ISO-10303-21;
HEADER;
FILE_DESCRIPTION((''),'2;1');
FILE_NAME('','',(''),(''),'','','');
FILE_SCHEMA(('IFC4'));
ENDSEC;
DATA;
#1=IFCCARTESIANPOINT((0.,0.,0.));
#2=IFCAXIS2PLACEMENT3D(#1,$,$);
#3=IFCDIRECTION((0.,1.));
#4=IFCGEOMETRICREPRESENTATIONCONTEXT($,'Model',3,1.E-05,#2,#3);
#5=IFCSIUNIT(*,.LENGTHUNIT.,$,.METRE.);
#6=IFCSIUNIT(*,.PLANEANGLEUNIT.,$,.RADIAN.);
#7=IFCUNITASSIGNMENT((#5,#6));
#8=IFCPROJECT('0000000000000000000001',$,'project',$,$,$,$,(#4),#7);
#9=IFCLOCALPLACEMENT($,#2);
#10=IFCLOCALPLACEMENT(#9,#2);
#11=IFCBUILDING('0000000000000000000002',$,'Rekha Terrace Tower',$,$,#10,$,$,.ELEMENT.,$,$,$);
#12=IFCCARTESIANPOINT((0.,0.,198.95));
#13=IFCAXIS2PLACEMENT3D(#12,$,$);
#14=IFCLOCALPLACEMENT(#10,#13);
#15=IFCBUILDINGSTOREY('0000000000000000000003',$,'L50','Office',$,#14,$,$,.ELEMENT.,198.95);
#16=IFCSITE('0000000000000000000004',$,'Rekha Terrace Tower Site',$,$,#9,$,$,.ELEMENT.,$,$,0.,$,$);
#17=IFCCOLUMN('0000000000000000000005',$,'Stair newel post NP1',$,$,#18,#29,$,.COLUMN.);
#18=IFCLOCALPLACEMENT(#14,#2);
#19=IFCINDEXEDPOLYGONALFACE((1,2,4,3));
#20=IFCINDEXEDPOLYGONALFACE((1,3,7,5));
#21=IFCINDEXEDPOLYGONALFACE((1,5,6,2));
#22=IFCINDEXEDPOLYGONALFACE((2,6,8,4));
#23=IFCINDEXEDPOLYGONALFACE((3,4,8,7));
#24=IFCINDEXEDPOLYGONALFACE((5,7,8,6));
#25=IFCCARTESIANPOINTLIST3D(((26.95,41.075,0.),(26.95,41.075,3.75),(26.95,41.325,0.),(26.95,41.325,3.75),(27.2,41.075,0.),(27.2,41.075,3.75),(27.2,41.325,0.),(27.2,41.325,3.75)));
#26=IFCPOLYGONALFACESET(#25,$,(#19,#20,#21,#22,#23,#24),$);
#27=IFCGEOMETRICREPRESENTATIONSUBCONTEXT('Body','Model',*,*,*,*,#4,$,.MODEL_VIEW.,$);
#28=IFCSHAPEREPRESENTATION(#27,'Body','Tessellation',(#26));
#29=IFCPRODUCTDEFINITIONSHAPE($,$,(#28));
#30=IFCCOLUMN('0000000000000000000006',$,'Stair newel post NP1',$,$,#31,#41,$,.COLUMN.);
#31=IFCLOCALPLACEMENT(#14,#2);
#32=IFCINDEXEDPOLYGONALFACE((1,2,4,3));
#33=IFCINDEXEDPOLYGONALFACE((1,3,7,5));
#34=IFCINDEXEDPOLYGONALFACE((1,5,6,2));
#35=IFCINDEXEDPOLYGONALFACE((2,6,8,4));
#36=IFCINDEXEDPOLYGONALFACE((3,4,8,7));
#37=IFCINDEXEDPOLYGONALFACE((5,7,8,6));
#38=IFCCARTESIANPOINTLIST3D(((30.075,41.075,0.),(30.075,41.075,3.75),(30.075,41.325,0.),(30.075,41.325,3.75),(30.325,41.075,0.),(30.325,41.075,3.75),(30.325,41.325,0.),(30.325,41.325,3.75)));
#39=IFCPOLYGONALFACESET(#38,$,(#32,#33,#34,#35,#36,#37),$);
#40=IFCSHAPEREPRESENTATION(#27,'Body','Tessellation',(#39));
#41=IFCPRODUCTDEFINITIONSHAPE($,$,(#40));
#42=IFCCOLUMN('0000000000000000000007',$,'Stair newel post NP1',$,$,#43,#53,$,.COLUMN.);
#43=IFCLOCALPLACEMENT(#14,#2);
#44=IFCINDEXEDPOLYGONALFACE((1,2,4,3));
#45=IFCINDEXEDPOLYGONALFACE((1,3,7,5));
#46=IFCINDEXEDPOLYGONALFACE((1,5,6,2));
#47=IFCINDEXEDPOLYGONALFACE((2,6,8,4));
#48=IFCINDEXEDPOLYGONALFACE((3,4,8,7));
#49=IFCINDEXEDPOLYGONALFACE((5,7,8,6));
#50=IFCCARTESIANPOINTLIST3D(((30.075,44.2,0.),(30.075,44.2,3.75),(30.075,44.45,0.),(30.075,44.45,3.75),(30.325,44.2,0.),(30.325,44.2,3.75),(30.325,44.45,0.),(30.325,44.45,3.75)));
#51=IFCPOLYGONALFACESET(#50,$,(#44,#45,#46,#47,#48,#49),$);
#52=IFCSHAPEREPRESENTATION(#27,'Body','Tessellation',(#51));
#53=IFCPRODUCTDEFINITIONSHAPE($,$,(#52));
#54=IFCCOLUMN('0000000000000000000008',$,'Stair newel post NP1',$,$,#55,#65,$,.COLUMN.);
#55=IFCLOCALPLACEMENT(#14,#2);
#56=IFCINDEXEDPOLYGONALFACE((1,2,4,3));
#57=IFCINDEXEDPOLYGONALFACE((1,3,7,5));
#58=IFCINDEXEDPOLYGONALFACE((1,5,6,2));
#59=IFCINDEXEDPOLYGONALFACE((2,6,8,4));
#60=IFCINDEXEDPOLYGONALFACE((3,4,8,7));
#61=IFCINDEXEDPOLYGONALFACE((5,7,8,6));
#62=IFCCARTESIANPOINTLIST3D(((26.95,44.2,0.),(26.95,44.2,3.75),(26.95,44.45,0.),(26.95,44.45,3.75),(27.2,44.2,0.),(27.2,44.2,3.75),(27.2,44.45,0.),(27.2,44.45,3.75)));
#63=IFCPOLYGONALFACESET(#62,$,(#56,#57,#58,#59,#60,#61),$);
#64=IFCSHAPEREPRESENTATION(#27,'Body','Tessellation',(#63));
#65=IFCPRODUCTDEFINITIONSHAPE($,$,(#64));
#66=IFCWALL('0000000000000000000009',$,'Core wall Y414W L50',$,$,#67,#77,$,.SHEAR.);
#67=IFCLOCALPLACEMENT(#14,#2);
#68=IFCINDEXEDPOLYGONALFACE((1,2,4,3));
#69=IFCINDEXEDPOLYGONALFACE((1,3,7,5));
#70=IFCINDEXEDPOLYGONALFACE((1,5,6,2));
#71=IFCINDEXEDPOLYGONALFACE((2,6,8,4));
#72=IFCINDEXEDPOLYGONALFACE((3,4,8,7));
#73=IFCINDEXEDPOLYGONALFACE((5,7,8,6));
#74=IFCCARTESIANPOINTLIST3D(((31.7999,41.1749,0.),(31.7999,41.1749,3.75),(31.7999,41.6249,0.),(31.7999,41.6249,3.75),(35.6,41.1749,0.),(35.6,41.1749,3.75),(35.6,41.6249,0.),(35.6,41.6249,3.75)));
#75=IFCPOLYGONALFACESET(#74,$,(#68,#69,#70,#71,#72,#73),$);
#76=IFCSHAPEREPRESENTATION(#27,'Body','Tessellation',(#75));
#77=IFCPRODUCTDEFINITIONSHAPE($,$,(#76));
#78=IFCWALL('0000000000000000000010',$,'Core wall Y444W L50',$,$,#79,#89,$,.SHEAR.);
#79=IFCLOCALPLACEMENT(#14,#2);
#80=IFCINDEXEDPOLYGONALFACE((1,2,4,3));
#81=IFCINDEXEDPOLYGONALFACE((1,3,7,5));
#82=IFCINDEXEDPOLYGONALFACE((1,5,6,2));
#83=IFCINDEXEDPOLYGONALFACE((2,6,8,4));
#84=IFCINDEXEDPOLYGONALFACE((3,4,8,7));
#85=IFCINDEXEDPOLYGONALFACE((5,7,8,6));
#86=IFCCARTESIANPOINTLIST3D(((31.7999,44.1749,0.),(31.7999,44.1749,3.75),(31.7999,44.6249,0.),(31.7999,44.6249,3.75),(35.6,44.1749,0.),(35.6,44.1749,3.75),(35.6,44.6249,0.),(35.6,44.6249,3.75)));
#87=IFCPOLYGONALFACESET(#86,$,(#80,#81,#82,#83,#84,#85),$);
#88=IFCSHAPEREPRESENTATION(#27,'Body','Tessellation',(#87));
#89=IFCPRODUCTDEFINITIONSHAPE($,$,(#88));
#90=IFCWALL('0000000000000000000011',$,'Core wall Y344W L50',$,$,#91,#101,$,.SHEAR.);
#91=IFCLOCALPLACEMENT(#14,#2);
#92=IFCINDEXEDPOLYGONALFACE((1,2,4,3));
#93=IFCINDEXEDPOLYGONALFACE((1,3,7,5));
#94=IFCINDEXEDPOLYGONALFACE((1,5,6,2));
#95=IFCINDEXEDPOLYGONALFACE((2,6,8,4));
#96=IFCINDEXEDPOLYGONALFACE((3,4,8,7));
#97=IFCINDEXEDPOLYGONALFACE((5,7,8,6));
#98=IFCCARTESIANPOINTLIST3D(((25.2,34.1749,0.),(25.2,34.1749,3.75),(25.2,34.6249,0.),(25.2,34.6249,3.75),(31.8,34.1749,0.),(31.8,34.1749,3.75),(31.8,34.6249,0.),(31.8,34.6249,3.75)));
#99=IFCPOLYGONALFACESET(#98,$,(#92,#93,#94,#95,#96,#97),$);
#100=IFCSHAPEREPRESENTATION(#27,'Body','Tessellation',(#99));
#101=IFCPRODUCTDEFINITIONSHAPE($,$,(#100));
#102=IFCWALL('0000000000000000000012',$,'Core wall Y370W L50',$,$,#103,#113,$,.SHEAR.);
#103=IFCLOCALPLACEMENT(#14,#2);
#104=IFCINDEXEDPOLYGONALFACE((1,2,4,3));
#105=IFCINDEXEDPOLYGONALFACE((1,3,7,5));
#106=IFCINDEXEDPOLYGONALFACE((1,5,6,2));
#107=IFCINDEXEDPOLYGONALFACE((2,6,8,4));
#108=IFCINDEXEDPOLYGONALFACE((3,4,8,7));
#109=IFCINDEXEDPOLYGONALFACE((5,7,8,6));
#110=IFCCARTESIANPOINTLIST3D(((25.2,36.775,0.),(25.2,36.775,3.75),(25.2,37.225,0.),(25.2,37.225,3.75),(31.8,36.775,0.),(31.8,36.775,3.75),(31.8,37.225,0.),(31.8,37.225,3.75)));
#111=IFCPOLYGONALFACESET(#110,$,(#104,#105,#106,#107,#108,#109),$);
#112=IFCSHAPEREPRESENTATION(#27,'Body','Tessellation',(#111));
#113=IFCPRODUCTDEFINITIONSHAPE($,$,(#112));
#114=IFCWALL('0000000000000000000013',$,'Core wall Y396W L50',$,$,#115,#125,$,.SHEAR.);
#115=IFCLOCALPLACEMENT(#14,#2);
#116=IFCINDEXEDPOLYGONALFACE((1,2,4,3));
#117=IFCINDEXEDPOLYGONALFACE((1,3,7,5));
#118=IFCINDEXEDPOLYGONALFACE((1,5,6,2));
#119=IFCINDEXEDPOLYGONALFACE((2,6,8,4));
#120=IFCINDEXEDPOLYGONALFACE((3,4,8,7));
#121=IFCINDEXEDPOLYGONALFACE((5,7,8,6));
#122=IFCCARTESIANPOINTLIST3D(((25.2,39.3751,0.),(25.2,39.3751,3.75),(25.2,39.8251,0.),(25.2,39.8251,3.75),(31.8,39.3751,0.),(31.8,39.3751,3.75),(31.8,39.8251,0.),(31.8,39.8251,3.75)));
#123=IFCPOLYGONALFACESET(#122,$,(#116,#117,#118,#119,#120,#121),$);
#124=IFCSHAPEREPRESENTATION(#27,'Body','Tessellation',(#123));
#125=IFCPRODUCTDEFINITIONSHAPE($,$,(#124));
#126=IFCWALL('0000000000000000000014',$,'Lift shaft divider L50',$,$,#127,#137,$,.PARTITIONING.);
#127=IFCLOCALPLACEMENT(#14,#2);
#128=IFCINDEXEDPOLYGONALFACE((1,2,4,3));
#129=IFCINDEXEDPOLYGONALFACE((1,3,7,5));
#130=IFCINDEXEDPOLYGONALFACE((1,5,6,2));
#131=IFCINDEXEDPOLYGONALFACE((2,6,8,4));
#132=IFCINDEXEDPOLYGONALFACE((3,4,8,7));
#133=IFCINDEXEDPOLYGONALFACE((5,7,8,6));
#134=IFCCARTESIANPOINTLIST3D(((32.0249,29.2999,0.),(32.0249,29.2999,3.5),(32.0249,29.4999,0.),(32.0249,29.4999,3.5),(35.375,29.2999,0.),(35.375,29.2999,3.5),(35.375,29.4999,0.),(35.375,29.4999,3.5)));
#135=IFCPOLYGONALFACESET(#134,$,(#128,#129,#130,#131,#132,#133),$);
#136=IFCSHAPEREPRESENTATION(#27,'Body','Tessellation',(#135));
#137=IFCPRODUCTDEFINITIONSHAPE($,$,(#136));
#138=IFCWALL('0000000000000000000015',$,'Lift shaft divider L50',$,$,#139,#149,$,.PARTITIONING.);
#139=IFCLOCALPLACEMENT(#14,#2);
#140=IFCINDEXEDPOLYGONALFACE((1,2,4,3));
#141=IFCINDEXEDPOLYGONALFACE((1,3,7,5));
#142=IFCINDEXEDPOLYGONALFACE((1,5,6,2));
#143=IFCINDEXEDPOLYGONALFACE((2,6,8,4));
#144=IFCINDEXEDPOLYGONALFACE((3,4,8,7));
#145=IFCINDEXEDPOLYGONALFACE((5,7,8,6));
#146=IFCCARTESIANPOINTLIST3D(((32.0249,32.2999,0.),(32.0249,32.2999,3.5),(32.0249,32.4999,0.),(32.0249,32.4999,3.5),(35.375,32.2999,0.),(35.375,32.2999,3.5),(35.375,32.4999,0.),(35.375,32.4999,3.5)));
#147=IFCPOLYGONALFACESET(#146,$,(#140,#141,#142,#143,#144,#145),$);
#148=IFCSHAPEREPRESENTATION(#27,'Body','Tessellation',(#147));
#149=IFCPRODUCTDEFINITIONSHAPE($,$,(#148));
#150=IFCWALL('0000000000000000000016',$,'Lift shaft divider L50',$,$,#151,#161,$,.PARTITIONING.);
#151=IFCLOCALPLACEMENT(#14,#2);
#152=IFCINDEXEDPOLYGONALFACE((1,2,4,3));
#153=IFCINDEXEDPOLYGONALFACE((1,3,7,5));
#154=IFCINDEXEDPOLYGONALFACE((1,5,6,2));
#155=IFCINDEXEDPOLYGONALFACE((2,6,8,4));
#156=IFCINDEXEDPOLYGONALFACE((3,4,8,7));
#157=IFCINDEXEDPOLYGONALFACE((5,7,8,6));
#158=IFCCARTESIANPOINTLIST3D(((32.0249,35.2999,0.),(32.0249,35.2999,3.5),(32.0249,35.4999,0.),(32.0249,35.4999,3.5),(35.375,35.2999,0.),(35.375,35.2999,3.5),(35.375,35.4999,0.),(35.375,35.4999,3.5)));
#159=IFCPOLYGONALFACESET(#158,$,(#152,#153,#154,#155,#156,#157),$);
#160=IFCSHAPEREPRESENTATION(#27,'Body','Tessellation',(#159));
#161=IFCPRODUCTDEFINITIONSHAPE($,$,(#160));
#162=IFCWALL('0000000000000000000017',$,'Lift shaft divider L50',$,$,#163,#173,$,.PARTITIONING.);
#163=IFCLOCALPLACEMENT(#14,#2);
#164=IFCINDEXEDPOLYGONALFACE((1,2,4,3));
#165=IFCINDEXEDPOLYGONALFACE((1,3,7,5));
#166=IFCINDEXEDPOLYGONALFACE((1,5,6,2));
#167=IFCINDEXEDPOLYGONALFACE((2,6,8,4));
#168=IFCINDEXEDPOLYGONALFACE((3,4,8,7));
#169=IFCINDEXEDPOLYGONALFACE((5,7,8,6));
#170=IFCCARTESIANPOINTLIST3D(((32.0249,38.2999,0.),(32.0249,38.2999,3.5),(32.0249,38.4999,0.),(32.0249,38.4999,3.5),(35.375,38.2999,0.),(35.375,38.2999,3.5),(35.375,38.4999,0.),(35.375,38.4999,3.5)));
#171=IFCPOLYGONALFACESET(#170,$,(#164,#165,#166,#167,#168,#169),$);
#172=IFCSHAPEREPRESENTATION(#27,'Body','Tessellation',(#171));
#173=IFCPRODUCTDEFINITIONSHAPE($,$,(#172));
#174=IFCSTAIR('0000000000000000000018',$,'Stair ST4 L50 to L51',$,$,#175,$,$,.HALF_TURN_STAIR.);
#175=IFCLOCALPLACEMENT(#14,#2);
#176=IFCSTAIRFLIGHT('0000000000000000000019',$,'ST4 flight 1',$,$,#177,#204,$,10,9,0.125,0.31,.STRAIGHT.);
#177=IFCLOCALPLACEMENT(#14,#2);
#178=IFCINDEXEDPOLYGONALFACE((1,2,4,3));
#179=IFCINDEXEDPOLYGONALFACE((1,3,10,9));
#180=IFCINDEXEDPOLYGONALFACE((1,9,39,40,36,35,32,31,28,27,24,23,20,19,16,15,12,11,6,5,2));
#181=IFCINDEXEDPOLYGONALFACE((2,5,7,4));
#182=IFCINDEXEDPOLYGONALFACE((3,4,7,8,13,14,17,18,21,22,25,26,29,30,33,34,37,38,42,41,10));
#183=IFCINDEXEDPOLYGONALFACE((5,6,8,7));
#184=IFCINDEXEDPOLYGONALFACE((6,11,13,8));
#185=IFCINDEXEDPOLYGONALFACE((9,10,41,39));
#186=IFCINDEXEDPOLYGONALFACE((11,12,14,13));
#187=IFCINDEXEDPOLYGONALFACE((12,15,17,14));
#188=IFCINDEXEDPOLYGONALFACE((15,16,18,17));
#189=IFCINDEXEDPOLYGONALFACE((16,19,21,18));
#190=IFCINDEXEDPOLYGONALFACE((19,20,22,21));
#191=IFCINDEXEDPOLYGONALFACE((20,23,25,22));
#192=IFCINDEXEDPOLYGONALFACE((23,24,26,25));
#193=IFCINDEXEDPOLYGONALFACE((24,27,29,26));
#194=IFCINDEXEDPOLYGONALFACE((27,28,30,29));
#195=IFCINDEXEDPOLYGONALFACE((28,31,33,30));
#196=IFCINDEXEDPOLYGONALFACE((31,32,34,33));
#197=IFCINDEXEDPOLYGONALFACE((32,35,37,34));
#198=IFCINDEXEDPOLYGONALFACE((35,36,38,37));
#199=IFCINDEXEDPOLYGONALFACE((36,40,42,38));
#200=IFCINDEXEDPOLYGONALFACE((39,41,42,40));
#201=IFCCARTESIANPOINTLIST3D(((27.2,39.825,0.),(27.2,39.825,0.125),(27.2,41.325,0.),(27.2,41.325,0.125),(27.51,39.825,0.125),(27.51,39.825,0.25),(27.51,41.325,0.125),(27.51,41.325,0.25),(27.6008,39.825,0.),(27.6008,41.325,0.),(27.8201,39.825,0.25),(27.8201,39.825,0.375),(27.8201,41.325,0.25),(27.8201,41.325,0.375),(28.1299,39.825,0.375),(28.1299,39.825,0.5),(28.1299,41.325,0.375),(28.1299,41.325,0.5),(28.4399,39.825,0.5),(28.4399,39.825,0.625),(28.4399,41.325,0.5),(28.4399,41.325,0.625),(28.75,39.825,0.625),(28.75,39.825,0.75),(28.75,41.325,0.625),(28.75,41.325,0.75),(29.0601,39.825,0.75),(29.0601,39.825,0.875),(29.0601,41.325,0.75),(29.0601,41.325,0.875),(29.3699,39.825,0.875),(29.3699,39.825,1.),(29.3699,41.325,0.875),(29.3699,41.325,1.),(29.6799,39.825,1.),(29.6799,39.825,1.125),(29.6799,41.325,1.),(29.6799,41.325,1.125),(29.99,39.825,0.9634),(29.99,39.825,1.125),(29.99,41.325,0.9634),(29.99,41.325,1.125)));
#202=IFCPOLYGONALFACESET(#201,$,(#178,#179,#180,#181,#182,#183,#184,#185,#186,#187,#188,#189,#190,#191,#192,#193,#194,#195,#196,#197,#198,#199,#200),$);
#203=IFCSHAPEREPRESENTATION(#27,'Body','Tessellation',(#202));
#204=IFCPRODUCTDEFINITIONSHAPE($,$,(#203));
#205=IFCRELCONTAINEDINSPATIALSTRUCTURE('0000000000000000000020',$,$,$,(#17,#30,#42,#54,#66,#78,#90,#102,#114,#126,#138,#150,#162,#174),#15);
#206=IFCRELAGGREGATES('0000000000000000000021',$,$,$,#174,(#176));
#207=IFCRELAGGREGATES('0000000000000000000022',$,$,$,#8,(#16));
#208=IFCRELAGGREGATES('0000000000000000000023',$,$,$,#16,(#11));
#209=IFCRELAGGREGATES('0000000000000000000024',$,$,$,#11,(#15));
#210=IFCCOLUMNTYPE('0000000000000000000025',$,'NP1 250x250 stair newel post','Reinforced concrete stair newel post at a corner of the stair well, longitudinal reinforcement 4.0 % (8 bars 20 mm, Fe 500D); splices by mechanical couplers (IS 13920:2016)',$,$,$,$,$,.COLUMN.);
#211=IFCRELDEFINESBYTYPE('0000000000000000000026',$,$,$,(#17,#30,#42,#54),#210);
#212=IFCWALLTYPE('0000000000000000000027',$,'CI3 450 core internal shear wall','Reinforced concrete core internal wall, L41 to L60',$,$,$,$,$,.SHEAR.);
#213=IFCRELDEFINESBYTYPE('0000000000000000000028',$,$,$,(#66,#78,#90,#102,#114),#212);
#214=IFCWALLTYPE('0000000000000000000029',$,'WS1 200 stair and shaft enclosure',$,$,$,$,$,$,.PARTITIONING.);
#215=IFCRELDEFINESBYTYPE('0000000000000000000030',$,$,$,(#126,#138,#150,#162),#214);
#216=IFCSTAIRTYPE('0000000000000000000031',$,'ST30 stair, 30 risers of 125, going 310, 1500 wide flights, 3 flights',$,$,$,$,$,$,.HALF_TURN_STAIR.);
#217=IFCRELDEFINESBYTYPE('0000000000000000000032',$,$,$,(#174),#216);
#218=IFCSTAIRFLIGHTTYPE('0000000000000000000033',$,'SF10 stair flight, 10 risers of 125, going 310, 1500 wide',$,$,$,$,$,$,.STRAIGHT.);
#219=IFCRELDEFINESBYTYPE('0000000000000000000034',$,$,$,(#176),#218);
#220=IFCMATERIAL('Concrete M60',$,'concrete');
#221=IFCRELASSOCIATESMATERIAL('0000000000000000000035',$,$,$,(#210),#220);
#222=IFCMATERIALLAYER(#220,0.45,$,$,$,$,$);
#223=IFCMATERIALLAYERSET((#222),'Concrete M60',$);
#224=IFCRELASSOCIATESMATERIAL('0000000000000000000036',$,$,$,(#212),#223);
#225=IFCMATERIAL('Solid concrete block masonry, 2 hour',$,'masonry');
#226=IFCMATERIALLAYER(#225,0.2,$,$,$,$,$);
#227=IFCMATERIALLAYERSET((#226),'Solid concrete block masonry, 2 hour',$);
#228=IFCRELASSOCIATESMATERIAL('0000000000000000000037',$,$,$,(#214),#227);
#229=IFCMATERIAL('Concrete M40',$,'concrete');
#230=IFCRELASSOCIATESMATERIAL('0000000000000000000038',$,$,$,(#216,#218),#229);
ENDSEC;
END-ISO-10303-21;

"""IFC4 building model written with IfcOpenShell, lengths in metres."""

from ifc_helpers import new_model, si_unit, direction, frame, frame_2d, origin, origin_2d, place, context, subcontext, project, spatial, polyline, rectangle, outline, extrude, material, layer, layer_set, material_profile, profile_set, type_object, element, aggregate, save


model = new_model("IFC4")

# Units and contexts
model_context = context("Model", 3, precision=1e-05, world=origin(), true_north=direction((0.0, 1.0)))
body_context = subcontext(model_context, "Body", "Model", "MODEL_VIEW")
ifc_project = project(units=[si_unit("LENGTHUNIT", "METRE"), si_unit("PLANEANGLEUNIT", "RADIAN")], contexts=[model_context])

# Site, building, storey
site_placement = place(None, origin())
site = spatial("IfcSite", under=ifc_project, at=site_placement, Name="Rekha Terrace Tower Site", CompositionType="ELEMENT", RefElevation=0.0)
building_placement = place(site_placement, origin())
building = spatial("IfcBuilding", under=site, at=building_placement, Name="Rekha Terrace Tower", CompositionType="ELEMENT")
storey_placement = place(building_placement, frame((0.0, 0.0, 198.95)))
storey = spatial("IfcBuildingStorey", under=building, at=storey_placement, Name="L50", Description="Office", CompositionType="ELEMENT", Elevation=198.95)

# Columns
ifc_material_1 = material(Name="Concrete M60", Category="concrete")
ifc_material_profile = material_profile(ifc_material_1, rectangle(XDim=0.25, YDim=0.25, at=origin_2d()), Name="RC 250x250")
ifc_profile_set = profile_set([ifc_material_profile], Name="Concrete M60")
column_type = type_object("IfcColumnType", Name="NP1 250x250 stair newel post", Description="Reinforced concrete stair newel post at a corner of the stair well, longitudinal reinforcement 4.0 % (8 bars 20 mm, Fe 500D); splices by mechanical couplers (IS 13920:2016)", PredefinedType="COLUMN", material=ifc_profile_set)
for number, where, z_axis, x_axis, name in (
    (1, (27.075, 41.2, 0.0), (0.0, 0.0, 1.0), (1.0, 0.0, 0.0), "Stair newel post NP1"),
    (2, (30.2, 41.2, 0.0), (0.0, 0.0, 1.0), (1.0, 0.0, 0.0), "Stair newel post NP1"),
    (3, (30.2, 44.325, 0.0), (0.0, 0.0, 1.0), (1.0, 0.0, 0.0), "Stair newel post NP1"),
    (4, (27.075, 44.325, 0.0), (0.0, 0.0, 1.0), (1.0, 0.0, 0.0), "Stair newel post NP1"),
):
    element("IfcColumn", number, at=place(storey_placement, frame(where, z_axis=z_axis, x_axis=x_axis)), inside=storey, type_object=column_type, Name=name, PredefinedType="COLUMN", context=body_context, shape_type="SweptSolid", body=[
        extrude(rectangle(XDim=0.25, YDim=0.25, at=origin_2d()), origin(), (0.0, 0.0, 1.0), 3.75),
    ])

# Walls
ifc_layer_1 = layer(ifc_material_1, 0.45)
ifc_layer_set_1 = layer_set([ifc_layer_1], Name="Concrete M60")
wall_type_1 = type_object("IfcWallType", Name="CI3 450 core internal shear wall", Description="Reinforced concrete core internal wall, L41 to L60", PredefinedType="SHEAR", material=ifc_layer_set_1)
for number, where, z_axis, x_axis, name in (
    (5, (31.8, 41.3999, 0.0), (0.0, 0.0, 1.0), (1.0, 0.0, 0.0), "Core wall Y414W L50"),
    (6, (31.8, 44.3999, 0.0), (0.0, 0.0, 1.0), (1.0, 0.0, 0.0), "Core wall Y444W L50"),
):
    element("IfcWall", number, at=place(storey_placement, frame(where, z_axis=z_axis, x_axis=x_axis)), inside=storey, type_object=wall_type_1, Name=name, PredefinedType="SHEAR", context=body_context, shape_type="SweptSolid", body=[
        extrude(rectangle(XDim=3.8, YDim=0.45, at=frame_2d((1.8999, 0.0))), origin(), (0.0, 0.0, 1.0), 3.75),
    ])
for number, where, z_axis, x_axis, name in (
    (7, (25.2, 34.3999, 0.0), (0.0, 0.0, 1.0), (1.0, 0.0, 0.0), "Core wall Y344W L50"),
    (8, (25.2, 37.0, 0.0), (0.0, 0.0, 1.0), (1.0, 0.0, 0.0), "Core wall Y370W L50"),
    (9, (25.2, 39.6001, 0.0), (0.0, 0.0, 1.0), (1.0, 0.0, 0.0), "Core wall Y396W L50"),
):
    element("IfcWall", number, at=place(storey_placement, frame(where, z_axis=z_axis, x_axis=x_axis)), inside=storey, type_object=wall_type_1, Name=name, PredefinedType="SHEAR", context=body_context, shape_type="SweptSolid", body=[
        extrude(rectangle(XDim=6.6001, YDim=0.45, at=frame_2d((3.3, 0.0))), origin(), (0.0, 0.0, 1.0), 3.75),
    ])
ifc_material_2 = material(Name="Solid concrete block masonry, 2 hour", Category="masonry")
ifc_layer_2 = layer(ifc_material_2, 0.2)
ifc_layer_set_2 = layer_set([ifc_layer_2], Name="Solid concrete block masonry, 2 hour")
wall_type_2 = type_object("IfcWallType", Name="WS1 200 stair and shaft enclosure", PredefinedType="PARTITIONING", material=ifc_layer_set_2)
for number, where, z_axis, x_axis, name in (
    (10, (32.0249, 29.3999, 0.0), (0.0, 0.0, 1.0), (1.0, 0.0, 0.0), "Lift shaft divider L50"),
    (11, (32.0249, 32.3999, 0.0), (0.0, 0.0, 1.0), (1.0, 0.0, 0.0), "Lift shaft divider L50"),
    (12, (32.0249, 35.3999, 0.0), (0.0, 0.0, 1.0), (1.0, 0.0, 0.0), "Lift shaft divider L50"),
    (13, (32.0249, 38.3999, 0.0), (0.0, 0.0, 1.0), (1.0, 0.0, 0.0), "Lift shaft divider L50"),
):
    element("IfcWall", number, at=place(storey_placement, frame(where, z_axis=z_axis, x_axis=x_axis)), inside=storey, type_object=wall_type_2, Name=name, PredefinedType="PARTITIONING", context=body_context, shape_type="SweptSolid", body=[
        extrude(rectangle(XDim=3.3501, YDim=0.2, at=frame_2d((1.675, 0.0))), origin(), (0.0, 0.0, 1.0), 3.5),
    ])

# Stair, stair flight
ifc_material_3 = material(Name="Concrete M40", Category="concrete")
stair_type = type_object("IfcStairType", Name="ST30 stair, 30 risers of 125, going 310, 1500 wide flights, 3 flights", PredefinedType="HALF_TURN_STAIR", material=ifc_material_3)
stair_placement = place(storey_placement, origin())
stair = element("IfcStair", 14, at=stair_placement, inside=storey, type_object=stair_type, Name="Stair ST4 L50 to L51", PredefinedType="HALF_TURN_STAIR")
stair_flight_type = type_object("IfcStairFlightType", Name="SF10 stair flight, 10 risers of 125, going 310, 1500 wide", PredefinedType="STRAIGHT", material=ifc_material_3)
stair_flight_1_placement = place(storey_placement, frame((27.2, 40.575, 0.0), z_axis=(0.0, 0.0, 1.0), x_axis=(1.0, 0.0, 0.0)))
stair_flight_1 = element("IfcStairFlight", 15, at=stair_flight_1_placement, type_object=stair_flight_type, Name="ST4 flight 1", NumberOfRisers=10, NumberOfTreads=9, PredefinedType="STRAIGHT", RiserHeight=0.125, TreadLength=0.31, context=body_context, shape_type="SweptSolid", body=[
    extrude(outline(polyline([(0.0, 0.0), (0.0, 0.125), (0.3101, 0.125), (0.3101, 0.25), (0.6201, 0.25), (0.6201, 0.375), (0.9299, 0.375), (0.9299, 0.5), (1.24, 0.5), (1.24, 0.625), (1.55, 0.625), (1.55, 0.75), (1.8601, 0.75), (1.8601, 0.875), (2.1699, 0.875), (2.1699, 1.0), (2.48, 1.0), (2.48, 1.125), (2.79, 1.125), (2.79, 1.25), (2.79, 0.9634), (0.4009, 0.0), (0.0, 0.0)])), frame((0.0, 0.75, 0.0), z_axis=(0.0, -1.0, 0.0), x_axis=(1.0, 0.0, 0.0)), (0.0, 0.0, 1.0), 1.5),
])
aggregate(stair, [stair_flight_1])

save(model, "model.ifc")
